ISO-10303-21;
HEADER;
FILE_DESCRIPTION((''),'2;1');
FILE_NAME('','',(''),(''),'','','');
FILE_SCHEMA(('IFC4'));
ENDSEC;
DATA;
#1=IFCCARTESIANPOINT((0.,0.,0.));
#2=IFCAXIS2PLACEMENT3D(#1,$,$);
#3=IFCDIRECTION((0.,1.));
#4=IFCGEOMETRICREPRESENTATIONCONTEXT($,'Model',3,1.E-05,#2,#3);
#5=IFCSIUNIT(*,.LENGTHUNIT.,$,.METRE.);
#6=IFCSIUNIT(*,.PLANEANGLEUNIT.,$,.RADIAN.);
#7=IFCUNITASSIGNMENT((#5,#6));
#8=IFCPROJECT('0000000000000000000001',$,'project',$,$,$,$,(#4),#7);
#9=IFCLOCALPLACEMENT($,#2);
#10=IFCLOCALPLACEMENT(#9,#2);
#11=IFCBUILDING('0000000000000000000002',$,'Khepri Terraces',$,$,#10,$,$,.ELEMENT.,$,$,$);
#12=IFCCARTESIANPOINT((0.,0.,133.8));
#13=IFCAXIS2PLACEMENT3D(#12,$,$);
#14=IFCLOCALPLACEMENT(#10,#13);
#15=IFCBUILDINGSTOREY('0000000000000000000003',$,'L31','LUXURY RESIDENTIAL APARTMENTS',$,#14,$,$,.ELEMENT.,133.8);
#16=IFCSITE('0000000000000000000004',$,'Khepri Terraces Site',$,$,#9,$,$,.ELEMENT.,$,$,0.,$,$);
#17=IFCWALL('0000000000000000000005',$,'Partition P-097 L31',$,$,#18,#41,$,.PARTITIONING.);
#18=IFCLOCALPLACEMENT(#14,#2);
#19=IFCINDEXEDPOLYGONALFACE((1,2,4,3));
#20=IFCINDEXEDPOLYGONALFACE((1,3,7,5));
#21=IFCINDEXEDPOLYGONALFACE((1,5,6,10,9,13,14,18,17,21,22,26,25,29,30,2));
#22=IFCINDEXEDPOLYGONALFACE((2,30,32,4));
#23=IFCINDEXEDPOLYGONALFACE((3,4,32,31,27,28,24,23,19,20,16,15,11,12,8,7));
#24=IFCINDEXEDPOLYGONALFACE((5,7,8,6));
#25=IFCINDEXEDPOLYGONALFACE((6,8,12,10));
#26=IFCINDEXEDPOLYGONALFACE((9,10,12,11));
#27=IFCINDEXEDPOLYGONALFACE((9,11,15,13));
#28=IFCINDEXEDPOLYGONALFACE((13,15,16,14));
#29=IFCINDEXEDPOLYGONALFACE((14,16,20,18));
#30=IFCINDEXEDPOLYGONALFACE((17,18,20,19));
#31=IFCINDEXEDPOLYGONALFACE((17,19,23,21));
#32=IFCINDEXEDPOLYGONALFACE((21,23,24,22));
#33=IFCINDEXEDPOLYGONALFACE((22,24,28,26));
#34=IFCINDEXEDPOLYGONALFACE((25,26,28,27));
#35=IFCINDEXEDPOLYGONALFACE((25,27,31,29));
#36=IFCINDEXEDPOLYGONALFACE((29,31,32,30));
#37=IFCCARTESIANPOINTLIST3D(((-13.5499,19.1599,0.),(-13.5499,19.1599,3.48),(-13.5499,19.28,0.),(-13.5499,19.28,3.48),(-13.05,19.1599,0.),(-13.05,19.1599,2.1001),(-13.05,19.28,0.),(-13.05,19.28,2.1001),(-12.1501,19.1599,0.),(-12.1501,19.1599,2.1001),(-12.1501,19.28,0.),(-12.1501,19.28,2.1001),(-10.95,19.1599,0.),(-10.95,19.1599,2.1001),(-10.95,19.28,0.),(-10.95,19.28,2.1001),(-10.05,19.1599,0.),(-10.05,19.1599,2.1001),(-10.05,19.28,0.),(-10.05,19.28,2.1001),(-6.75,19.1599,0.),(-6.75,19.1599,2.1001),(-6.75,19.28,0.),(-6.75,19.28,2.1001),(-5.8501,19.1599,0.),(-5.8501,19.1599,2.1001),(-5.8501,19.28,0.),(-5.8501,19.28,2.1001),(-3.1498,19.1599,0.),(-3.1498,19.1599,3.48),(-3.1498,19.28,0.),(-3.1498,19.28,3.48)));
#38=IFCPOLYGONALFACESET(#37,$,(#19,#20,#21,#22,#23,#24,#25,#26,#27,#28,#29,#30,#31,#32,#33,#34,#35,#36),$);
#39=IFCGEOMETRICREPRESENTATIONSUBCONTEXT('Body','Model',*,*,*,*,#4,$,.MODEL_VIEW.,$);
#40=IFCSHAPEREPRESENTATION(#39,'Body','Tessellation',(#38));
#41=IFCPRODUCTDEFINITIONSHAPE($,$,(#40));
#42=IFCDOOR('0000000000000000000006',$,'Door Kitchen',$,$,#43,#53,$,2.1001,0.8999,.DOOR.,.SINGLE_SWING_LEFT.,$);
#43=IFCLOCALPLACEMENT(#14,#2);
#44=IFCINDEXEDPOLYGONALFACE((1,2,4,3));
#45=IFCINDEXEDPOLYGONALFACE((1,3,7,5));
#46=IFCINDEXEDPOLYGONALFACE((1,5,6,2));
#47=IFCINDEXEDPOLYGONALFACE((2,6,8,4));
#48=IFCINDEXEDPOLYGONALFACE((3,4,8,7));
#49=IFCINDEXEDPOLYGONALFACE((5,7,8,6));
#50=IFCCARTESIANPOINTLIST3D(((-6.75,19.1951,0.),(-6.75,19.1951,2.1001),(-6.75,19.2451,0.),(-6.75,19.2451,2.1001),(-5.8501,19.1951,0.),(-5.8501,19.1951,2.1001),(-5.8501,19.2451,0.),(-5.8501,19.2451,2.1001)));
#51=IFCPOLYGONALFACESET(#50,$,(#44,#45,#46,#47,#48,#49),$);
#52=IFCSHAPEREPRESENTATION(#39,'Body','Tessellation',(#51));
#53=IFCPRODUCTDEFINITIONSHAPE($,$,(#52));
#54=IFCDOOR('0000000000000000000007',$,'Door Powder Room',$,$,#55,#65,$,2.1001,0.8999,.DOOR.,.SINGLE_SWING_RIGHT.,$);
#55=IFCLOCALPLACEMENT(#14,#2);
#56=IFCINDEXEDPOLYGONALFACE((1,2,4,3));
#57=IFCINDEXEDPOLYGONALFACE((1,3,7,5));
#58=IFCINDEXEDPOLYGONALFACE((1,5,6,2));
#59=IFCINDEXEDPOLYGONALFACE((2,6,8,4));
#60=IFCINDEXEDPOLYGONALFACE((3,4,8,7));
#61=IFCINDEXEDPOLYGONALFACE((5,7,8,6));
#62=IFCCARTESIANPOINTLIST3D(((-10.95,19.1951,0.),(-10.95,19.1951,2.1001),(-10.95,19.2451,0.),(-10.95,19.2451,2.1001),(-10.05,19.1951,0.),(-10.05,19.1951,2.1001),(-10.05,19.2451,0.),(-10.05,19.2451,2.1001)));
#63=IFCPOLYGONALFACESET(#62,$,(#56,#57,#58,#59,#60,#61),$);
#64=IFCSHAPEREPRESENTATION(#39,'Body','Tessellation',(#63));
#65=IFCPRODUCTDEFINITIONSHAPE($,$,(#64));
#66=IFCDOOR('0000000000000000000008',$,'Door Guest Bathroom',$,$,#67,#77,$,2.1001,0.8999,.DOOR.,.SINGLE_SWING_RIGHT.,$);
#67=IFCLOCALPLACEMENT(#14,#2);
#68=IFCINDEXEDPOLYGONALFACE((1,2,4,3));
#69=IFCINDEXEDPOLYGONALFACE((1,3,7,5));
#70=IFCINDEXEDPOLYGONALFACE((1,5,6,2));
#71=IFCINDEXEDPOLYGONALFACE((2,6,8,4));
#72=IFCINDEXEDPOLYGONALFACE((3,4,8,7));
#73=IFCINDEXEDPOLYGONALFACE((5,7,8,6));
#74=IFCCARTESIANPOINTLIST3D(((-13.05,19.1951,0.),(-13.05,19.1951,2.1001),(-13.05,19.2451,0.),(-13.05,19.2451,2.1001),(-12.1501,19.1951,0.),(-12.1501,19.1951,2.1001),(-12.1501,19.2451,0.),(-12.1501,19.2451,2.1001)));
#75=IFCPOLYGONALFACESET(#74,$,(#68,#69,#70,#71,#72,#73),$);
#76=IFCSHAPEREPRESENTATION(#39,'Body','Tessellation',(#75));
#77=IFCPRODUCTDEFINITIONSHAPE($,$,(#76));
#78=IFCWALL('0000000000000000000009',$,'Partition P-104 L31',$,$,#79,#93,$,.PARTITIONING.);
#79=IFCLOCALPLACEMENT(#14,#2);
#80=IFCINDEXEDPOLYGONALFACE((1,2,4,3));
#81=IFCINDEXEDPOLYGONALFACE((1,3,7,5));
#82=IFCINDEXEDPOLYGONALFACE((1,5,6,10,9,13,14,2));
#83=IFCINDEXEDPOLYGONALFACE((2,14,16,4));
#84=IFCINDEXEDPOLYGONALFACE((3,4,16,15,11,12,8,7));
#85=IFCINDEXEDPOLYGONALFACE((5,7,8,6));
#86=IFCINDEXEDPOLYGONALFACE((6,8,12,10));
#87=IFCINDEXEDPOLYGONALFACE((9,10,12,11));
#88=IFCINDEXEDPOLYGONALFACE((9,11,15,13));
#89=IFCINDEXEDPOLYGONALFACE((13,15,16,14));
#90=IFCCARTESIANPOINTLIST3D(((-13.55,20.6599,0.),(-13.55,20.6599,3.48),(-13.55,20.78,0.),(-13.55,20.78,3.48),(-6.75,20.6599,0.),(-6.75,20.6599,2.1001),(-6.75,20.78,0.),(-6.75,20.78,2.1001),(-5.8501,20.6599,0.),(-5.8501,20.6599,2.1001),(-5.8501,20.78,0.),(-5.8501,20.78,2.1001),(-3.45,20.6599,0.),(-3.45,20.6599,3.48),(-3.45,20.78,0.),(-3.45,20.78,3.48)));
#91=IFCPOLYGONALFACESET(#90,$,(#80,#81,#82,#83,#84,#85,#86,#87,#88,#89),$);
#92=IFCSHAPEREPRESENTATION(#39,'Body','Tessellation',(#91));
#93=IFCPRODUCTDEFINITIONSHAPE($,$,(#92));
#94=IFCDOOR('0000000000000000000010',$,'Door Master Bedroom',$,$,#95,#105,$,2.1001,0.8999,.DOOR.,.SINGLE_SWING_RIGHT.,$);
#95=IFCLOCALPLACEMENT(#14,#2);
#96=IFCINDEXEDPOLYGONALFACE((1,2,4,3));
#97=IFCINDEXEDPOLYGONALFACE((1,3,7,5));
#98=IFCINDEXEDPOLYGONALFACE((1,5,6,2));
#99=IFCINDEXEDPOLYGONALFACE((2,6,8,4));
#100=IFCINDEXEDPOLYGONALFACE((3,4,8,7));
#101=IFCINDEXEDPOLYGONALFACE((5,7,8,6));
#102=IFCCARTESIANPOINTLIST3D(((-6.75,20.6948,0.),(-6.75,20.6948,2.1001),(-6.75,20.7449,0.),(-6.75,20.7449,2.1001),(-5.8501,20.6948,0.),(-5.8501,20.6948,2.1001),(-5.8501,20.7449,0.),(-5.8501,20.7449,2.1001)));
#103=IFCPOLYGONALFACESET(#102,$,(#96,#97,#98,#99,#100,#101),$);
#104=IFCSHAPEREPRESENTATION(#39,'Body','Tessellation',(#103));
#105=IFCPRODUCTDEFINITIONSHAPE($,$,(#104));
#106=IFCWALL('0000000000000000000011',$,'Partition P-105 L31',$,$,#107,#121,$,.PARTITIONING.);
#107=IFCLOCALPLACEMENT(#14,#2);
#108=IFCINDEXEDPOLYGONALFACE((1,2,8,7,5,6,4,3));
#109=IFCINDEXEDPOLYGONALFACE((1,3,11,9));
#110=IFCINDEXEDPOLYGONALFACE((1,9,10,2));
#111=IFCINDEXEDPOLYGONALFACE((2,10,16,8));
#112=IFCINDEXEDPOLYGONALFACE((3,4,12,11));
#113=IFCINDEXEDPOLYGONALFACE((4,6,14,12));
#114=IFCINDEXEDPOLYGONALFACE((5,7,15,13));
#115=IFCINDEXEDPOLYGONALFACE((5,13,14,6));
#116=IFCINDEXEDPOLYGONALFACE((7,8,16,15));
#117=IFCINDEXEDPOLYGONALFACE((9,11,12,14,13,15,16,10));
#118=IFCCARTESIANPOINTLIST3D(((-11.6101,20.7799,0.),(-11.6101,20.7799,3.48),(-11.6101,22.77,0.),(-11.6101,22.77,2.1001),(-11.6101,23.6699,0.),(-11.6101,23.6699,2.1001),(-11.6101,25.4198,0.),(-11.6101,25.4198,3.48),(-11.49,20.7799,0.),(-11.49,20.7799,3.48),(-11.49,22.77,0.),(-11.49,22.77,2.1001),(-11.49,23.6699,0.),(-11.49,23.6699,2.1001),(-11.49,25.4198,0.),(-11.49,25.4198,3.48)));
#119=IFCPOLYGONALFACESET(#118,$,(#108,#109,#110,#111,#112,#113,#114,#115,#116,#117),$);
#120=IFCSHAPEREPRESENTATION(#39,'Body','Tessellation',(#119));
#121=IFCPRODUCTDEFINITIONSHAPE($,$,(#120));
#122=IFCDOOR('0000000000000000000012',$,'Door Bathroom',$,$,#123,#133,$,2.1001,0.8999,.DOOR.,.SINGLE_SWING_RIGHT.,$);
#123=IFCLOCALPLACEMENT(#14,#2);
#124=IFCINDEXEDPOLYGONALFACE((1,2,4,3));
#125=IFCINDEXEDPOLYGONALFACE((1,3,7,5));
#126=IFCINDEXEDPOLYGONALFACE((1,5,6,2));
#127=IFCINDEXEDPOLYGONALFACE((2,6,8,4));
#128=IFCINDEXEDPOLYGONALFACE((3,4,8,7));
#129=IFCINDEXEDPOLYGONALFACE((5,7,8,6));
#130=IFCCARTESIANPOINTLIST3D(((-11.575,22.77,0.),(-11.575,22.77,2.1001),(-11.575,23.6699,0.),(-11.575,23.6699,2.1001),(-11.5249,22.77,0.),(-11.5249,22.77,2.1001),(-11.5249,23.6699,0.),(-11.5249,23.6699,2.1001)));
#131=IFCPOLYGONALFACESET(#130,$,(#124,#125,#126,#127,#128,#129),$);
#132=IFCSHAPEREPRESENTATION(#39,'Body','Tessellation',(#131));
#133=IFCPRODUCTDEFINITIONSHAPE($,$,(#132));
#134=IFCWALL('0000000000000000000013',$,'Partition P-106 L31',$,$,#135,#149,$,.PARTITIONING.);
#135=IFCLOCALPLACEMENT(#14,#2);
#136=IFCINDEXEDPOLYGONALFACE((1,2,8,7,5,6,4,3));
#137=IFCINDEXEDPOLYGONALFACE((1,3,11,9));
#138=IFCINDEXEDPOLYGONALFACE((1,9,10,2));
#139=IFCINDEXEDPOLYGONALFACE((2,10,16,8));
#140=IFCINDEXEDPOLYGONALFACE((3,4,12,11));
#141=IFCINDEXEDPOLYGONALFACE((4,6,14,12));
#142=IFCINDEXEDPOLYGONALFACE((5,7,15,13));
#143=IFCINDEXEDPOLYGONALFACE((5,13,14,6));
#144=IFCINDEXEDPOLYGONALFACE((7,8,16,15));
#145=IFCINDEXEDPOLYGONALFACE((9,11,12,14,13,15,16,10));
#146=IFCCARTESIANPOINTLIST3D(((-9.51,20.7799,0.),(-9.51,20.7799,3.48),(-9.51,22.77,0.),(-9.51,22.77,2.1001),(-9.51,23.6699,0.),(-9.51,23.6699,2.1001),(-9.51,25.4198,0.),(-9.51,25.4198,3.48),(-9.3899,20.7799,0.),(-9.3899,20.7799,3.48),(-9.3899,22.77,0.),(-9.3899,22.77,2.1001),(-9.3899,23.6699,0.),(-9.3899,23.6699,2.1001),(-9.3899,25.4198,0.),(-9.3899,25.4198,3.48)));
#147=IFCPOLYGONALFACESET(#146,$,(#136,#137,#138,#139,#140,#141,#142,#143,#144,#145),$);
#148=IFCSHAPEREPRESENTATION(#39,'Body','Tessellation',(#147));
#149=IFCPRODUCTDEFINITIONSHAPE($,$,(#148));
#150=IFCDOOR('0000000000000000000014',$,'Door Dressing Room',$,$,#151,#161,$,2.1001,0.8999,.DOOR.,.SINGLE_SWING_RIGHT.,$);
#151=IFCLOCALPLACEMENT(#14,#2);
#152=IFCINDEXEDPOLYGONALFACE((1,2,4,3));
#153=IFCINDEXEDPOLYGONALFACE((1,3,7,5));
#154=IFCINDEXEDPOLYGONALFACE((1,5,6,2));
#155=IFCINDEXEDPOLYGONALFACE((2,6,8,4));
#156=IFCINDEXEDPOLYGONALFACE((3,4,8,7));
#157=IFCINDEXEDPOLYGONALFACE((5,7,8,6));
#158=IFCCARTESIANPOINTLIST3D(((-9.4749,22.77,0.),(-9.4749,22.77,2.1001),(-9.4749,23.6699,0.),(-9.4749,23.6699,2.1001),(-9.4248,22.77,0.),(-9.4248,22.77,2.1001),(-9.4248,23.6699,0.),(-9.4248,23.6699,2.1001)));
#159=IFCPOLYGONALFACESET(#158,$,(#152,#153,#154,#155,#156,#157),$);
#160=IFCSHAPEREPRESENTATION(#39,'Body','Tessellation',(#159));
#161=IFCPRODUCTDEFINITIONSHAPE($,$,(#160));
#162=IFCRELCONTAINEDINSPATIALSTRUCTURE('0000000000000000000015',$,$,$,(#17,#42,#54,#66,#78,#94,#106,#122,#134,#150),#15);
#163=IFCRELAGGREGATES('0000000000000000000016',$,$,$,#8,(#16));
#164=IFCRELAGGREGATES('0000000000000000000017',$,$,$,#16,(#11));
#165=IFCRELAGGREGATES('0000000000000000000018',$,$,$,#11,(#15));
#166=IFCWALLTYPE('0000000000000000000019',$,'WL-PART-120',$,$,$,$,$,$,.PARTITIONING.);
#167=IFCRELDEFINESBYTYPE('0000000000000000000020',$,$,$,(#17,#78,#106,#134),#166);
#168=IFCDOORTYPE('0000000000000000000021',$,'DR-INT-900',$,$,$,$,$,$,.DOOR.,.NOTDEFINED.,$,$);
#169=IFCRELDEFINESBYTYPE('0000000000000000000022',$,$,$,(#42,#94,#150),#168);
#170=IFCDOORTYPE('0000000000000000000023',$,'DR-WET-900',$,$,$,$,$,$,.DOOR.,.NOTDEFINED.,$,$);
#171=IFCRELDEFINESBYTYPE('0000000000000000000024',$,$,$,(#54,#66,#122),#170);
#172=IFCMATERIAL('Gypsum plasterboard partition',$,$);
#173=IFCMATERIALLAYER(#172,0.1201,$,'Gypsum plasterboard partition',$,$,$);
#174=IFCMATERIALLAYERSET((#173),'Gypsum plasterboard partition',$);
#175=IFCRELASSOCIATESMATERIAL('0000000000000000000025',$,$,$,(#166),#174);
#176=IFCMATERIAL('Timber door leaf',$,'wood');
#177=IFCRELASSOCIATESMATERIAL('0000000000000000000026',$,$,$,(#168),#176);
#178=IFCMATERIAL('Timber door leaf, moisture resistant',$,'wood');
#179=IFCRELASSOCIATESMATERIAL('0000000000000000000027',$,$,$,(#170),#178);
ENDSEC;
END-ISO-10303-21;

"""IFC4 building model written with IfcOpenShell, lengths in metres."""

from ifc_helpers import new_model, si_unit, direction, frame, frame_2d, origin, place, context, subcontext, project, spatial, rectangle, extrude, material, layer, layer_set, type_object, element, fill, save


model = new_model("IFC4")

# Units and contexts
model_context = context("Model", 3, precision=1e-05, world=origin(), true_north=direction((0.0, 1.0)))
body_context = subcontext(model_context, "Body", "Model", "MODEL_VIEW")
ifc_project = project(units=[si_unit("LENGTHUNIT", "METRE"), si_unit("PLANEANGLEUNIT", "RADIAN")], contexts=[model_context])

# Site, building, storey
site_placement = place(None, origin())
site = spatial("IfcSite", under=ifc_project, at=site_placement, Name="Khepri Terraces Site", CompositionType="ELEMENT", RefElevation=0.0)
building_placement = place(site_placement, origin())
building = spatial("IfcBuilding", under=site, at=building_placement, Name="Khepri Terraces", CompositionType="ELEMENT")
storey_placement = place(building_placement, frame((0.0, 0.0, 133.8)))
storey = spatial("IfcBuildingStorey", under=building, at=storey_placement, Name="L31", Description="LUXURY RESIDENTIAL APARTMENTS", CompositionType="ELEMENT", Elevation=133.8)

# Shared definitions
ifc_material_1 = material(Name="Gypsum plasterboard partition")
ifc_layer_1 = layer(ifc_material_1, 0.1201, Name="Gypsum plasterboard partition")
ifc_layer_set_1 = layer_set([ifc_layer_1], Name="Gypsum plasterboard partition")
wall_type_1 = type_object("IfcWallType", Name="WL-PART-120", PredefinedType="PARTITIONING", material=ifc_layer_set_1)

# Wall, openings, doors
wall_1_placement = place(storey_placement, frame((-13.55, 19.22, 0.0), z_axis=(0.0, 0.0, 1.0), x_axis=(1.0, 0.0, 0.0)))
wall_1 = element("IfcWall", 1, at=wall_1_placement, inside=storey, type_object=wall_type_1, Name="Partition P-097 L31", PredefinedType="PARTITIONING", context=body_context, shape_type="SweptSolid", body=[
    extrude(rectangle(XDim=10.4001, YDim=0.1201, at=frame_2d((5.2002, 0.0))), origin(), (0.0, 0.0, 1.0), 3.48),
])
opening_1_placement = place(wall_1_placement, frame((6.8, 0.0, 0.0)))
opening_1 = element("IfcOpeningElement", 2, at=opening_1_placement, cuts=wall_1, PredefinedType="OPENING", context=body_context, shape_type="SweptSolid", body=[
    extrude(rectangle(XDim=0.8999, YDim=2.1001, at=frame_2d((0.45, 1.05))), frame((0.0, 0.0701, 0.0), z_axis=(0.0, -1.0, 0.0), x_axis=(1.0, 0.0, 0.0)), (0.0, 0.0, 1.0), 0.1401),
])
opening_2_placement = place(wall_1_placement, frame((2.6001, 0.0, 0.0)))
opening_2 = element("IfcOpeningElement", 3, at=opening_2_placement, cuts=wall_1, PredefinedType="OPENING", context=body_context, shape_type="SweptSolid", body=[
    extrude(rectangle(XDim=0.8999, YDim=2.1001, at=frame_2d((0.45, 1.05))), frame((0.0, 0.0701, 0.0), z_axis=(0.0, -1.0, 0.0), x_axis=(1.0, 0.0, 0.0)), (0.0, 0.0, 1.0), 0.1401),
])
opening_3_placement = place(wall_1_placement, frame((0.5, 0.0, 0.0)))
opening_3 = element("IfcOpeningElement", 4, at=opening_3_placement, cuts=wall_1, PredefinedType="OPENING", context=body_context, shape_type="SweptSolid", body=[
    extrude(rectangle(XDim=0.8999, YDim=2.1001, at=frame_2d((0.45, 1.05))), frame((0.0, 0.0701, 0.0), z_axis=(0.0, -1.0, 0.0), x_axis=(1.0, 0.0, 0.0)), (0.0, 0.0, 1.0), 0.1401),
])
ifc_material_2 = material(Name="Timber door leaf", Category="wood")
door_type_1 = type_object("IfcDoorType", Name="DR-INT-900", OperationType="NOTDEFINED", PredefinedType="DOOR", material=ifc_material_2)
door_1_placement = place(opening_1_placement, frame((0.8999, 0.0, 0.0), z_axis=(0.0, 0.0, 1.0), x_axis=(-1.0, 0.0, 0.0)))
door_1 = element("IfcDoor", 5, at=door_1_placement, inside=storey, type_object=door_type_1, Name="Door Kitchen", OperationType="SINGLE_SWING_LEFT", OverallHeight=2.1001, OverallWidth=0.8999, PredefinedType="DOOR", context=body_context, shape_type="SweptSolid", body=[
    extrude(rectangle(XDim=0.8999, YDim=2.1001, at=frame_2d((0.45, 1.05))), frame((0.0, 0.0249, 0.0), z_axis=(0.0, -1.0, 0.0), x_axis=(1.0, 0.0, 0.0)), (0.0, 0.0, 1.0), 0.05),
])
fill(opening_1, door_1)
ifc_material_3 = material(Name="Timber door leaf, moisture resistant", Category="wood")
door_type_2 = type_object("IfcDoorType", Name="DR-WET-900", OperationType="NOTDEFINED", PredefinedType="DOOR", material=ifc_material_3)
door_2_placement = place(opening_2_placement, frame((0.8999, 0.0, 0.0), z_axis=(0.0, 0.0, 1.0), x_axis=(-1.0, 0.0, 0.0)))
door_2 = element("IfcDoor", 6, at=door_2_placement, inside=storey, type_object=door_type_2, Name="Door Powder Room", OperationType="SINGLE_SWING_RIGHT", OverallHeight=2.1001, OverallWidth=0.8999, PredefinedType="DOOR", context=body_context, shape_type="SweptSolid", body=[
    extrude(rectangle(XDim=0.8999, YDim=2.1001, at=frame_2d((0.45, 1.05))), frame((0.0, 0.0249, 0.0), z_axis=(0.0, -1.0, 0.0), x_axis=(1.0, 0.0, 0.0)), (0.0, 0.0, 1.0), 0.05),
])
fill(opening_2, door_2)
door_3_placement = place(opening_3_placement, frame((0.8999, 0.0, 0.0), z_axis=(0.0, 0.0, 1.0), x_axis=(-1.0, 0.0, 0.0)))
door_3 = element("IfcDoor", 7, at=door_3_placement, inside=storey, type_object=door_type_2, Name="Door Guest Bathroom", OperationType="SINGLE_SWING_RIGHT", OverallHeight=2.1001, OverallWidth=0.8999, PredefinedType="DOOR", context=body_context, shape_type="SweptSolid", body=[
    extrude(rectangle(XDim=0.8999, YDim=2.1001, at=frame_2d((0.45, 1.05))), frame((0.0, 0.0249, 0.0), z_axis=(0.0, -1.0, 0.0), x_axis=(1.0, 0.0, 0.0)), (0.0, 0.0, 1.0), 0.05),
])
fill(opening_3, door_3)

# Walls, openings, doors
wall_2_placement = place(storey_placement, frame((-13.55, 20.72, 0.0), z_axis=(0.0, 0.0, 1.0), x_axis=(1.0, 0.0, 0.0)))
wall_2 = element("IfcWall", 8, at=wall_2_placement, inside=storey, type_object=wall_type_1, Name="Partition P-104 L31", PredefinedType="PARTITIONING", context=body_context, shape_type="SweptSolid", body=[
    extrude(rectangle(XDim=10.1001, YDim=0.1201, at=frame_2d((5.05, 0.0))), origin(), (0.0, 0.0, 1.0), 3.48),
])
opening_4_placement = place(wall_2_placement, frame((6.8, 0.0, 0.0)))
opening_4 = element("IfcOpeningElement", 9, at=opening_4_placement, cuts=wall_2, PredefinedType="OPENING", context=body_context, shape_type="SweptSolid", body=[
    extrude(rectangle(XDim=0.8999, YDim=2.1001, at=frame_2d((0.45, 1.05))), frame((0.0, 0.0701, 0.0), z_axis=(0.0, -1.0, 0.0), x_axis=(1.0, 0.0, 0.0)), (0.0, 0.0, 1.0), 0.1401),
])
door_4_placement = place(opening_4_placement, origin())
door_4 = element("IfcDoor", 10, at=door_4_placement, inside=storey, type_object=door_type_1, Name="Door Master Bedroom", OperationType="SINGLE_SWING_RIGHT", OverallHeight=2.1001, OverallWidth=0.8999, PredefinedType="DOOR", context=body_context, shape_type="SweptSolid", body=[
    extrude(rectangle(XDim=0.8999, YDim=2.1001, at=frame_2d((0.45, 1.05))), frame((0.0, 0.0249, 0.0), z_axis=(0.0, -1.0, 0.0), x_axis=(1.0, 0.0, 0.0)), (0.0, 0.0, 1.0), 0.05),
])
fill(opening_4, door_4)
wall_3_placement = place(storey_placement, frame((-11.55, 20.78, 0.0), z_axis=(0.0, 0.0, 1.0), x_axis=(0.0, 1.0, 0.0)))
wall_3 = element("IfcWall", 11, at=wall_3_placement, inside=storey, type_object=wall_type_1, Name="Partition P-105 L31", PredefinedType="PARTITIONING", context=body_context, shape_type="SweptSolid", body=[
    extrude(rectangle(XDim=4.6399, YDim=0.1201, at=frame_2d((2.3198, 0.0))), origin(), (0.0, 0.0, 1.0), 3.48),
])
opening_5_placement = place(wall_3_placement, frame((1.99, 0.0, 0.0)))
opening_5 = element("IfcOpeningElement", 12, at=opening_5_placement, cuts=wall_3, PredefinedType="OPENING", context=body_context, shape_type="SweptSolid", body=[
    extrude(rectangle(XDim=0.8999, YDim=2.1001, at=frame_2d((0.45, 1.05))), frame((0.0, 0.0701, 0.0), z_axis=(0.0, -1.0, 0.0), x_axis=(1.0, 0.0, 0.0)), (0.0, 0.0, 1.0), 0.1401),
])
door_5_placement = place(opening_5_placement, origin())
door_5 = element("IfcDoor", 13, at=door_5_placement, inside=storey, type_object=door_type_2, Name="Door Bathroom", OperationType="SINGLE_SWING_RIGHT", OverallHeight=2.1001, OverallWidth=0.8999, PredefinedType="DOOR", context=body_context, shape_type="SweptSolid", body=[
    extrude(rectangle(XDim=0.8999, YDim=2.1001, at=frame_2d((0.45, 1.05))), frame((0.0, 0.0249, 0.0), z_axis=(0.0, -1.0, 0.0), x_axis=(1.0, 0.0, 0.0)), (0.0, 0.0, 1.0), 0.05),
])
fill(opening_5, door_5)
wall_4_placement = place(storey_placement, frame((-9.45, 20.78, 0.0), z_axis=(0.0, 0.0, 1.0), x_axis=(0.0, 1.0, 0.0)))
wall_4 = element("IfcWall", 14, at=wall_4_placement, inside=storey, type_object=wall_type_1, Name="Partition P-106 L31", PredefinedType="PARTITIONING", context=body_context, shape_type="SweptSolid", body=[
    extrude(rectangle(XDim=4.6399, YDim=0.1201, at=frame_2d((2.3198, 0.0))), origin(), (0.0, 0.0, 1.0), 3.48),
])
opening_6_placement = place(wall_4_placement, frame((1.99, 0.0, 0.0)))
opening_6 = element("IfcOpeningElement", 15, at=opening_6_placement, cuts=wall_4, PredefinedType="OPENING", context=body_context, shape_type="SweptSolid", body=[
    extrude(rectangle(XDim=0.8999, YDim=2.1001, at=frame_2d((0.45, 1.05))), frame((0.0, 0.0701, 0.0), z_axis=(0.0, -1.0, 0.0), x_axis=(1.0, 0.0, 0.0)), (0.0, 0.0, 1.0), 0.1401),
])
door_6_placement = place(opening_6_placement, origin())
door_6 = element("IfcDoor", 16, at=door_6_placement, inside=storey, type_object=door_type_1, Name="Door Dressing Room", OperationType="SINGLE_SWING_RIGHT", OverallHeight=2.1001, OverallWidth=0.8999, PredefinedType="DOOR", context=body_context, shape_type="SweptSolid", body=[
    extrude(rectangle(XDim=0.8999, YDim=2.1001, at=frame_2d((0.45, 1.05))), frame((0.0, 0.0249, 0.0), z_axis=(0.0, -1.0, 0.0), x_axis=(1.0, 0.0, 0.0)), (0.0, 0.0, 1.0), 0.05),
])
fill(opening_6, door_6)

save(model, "model.ifc")
